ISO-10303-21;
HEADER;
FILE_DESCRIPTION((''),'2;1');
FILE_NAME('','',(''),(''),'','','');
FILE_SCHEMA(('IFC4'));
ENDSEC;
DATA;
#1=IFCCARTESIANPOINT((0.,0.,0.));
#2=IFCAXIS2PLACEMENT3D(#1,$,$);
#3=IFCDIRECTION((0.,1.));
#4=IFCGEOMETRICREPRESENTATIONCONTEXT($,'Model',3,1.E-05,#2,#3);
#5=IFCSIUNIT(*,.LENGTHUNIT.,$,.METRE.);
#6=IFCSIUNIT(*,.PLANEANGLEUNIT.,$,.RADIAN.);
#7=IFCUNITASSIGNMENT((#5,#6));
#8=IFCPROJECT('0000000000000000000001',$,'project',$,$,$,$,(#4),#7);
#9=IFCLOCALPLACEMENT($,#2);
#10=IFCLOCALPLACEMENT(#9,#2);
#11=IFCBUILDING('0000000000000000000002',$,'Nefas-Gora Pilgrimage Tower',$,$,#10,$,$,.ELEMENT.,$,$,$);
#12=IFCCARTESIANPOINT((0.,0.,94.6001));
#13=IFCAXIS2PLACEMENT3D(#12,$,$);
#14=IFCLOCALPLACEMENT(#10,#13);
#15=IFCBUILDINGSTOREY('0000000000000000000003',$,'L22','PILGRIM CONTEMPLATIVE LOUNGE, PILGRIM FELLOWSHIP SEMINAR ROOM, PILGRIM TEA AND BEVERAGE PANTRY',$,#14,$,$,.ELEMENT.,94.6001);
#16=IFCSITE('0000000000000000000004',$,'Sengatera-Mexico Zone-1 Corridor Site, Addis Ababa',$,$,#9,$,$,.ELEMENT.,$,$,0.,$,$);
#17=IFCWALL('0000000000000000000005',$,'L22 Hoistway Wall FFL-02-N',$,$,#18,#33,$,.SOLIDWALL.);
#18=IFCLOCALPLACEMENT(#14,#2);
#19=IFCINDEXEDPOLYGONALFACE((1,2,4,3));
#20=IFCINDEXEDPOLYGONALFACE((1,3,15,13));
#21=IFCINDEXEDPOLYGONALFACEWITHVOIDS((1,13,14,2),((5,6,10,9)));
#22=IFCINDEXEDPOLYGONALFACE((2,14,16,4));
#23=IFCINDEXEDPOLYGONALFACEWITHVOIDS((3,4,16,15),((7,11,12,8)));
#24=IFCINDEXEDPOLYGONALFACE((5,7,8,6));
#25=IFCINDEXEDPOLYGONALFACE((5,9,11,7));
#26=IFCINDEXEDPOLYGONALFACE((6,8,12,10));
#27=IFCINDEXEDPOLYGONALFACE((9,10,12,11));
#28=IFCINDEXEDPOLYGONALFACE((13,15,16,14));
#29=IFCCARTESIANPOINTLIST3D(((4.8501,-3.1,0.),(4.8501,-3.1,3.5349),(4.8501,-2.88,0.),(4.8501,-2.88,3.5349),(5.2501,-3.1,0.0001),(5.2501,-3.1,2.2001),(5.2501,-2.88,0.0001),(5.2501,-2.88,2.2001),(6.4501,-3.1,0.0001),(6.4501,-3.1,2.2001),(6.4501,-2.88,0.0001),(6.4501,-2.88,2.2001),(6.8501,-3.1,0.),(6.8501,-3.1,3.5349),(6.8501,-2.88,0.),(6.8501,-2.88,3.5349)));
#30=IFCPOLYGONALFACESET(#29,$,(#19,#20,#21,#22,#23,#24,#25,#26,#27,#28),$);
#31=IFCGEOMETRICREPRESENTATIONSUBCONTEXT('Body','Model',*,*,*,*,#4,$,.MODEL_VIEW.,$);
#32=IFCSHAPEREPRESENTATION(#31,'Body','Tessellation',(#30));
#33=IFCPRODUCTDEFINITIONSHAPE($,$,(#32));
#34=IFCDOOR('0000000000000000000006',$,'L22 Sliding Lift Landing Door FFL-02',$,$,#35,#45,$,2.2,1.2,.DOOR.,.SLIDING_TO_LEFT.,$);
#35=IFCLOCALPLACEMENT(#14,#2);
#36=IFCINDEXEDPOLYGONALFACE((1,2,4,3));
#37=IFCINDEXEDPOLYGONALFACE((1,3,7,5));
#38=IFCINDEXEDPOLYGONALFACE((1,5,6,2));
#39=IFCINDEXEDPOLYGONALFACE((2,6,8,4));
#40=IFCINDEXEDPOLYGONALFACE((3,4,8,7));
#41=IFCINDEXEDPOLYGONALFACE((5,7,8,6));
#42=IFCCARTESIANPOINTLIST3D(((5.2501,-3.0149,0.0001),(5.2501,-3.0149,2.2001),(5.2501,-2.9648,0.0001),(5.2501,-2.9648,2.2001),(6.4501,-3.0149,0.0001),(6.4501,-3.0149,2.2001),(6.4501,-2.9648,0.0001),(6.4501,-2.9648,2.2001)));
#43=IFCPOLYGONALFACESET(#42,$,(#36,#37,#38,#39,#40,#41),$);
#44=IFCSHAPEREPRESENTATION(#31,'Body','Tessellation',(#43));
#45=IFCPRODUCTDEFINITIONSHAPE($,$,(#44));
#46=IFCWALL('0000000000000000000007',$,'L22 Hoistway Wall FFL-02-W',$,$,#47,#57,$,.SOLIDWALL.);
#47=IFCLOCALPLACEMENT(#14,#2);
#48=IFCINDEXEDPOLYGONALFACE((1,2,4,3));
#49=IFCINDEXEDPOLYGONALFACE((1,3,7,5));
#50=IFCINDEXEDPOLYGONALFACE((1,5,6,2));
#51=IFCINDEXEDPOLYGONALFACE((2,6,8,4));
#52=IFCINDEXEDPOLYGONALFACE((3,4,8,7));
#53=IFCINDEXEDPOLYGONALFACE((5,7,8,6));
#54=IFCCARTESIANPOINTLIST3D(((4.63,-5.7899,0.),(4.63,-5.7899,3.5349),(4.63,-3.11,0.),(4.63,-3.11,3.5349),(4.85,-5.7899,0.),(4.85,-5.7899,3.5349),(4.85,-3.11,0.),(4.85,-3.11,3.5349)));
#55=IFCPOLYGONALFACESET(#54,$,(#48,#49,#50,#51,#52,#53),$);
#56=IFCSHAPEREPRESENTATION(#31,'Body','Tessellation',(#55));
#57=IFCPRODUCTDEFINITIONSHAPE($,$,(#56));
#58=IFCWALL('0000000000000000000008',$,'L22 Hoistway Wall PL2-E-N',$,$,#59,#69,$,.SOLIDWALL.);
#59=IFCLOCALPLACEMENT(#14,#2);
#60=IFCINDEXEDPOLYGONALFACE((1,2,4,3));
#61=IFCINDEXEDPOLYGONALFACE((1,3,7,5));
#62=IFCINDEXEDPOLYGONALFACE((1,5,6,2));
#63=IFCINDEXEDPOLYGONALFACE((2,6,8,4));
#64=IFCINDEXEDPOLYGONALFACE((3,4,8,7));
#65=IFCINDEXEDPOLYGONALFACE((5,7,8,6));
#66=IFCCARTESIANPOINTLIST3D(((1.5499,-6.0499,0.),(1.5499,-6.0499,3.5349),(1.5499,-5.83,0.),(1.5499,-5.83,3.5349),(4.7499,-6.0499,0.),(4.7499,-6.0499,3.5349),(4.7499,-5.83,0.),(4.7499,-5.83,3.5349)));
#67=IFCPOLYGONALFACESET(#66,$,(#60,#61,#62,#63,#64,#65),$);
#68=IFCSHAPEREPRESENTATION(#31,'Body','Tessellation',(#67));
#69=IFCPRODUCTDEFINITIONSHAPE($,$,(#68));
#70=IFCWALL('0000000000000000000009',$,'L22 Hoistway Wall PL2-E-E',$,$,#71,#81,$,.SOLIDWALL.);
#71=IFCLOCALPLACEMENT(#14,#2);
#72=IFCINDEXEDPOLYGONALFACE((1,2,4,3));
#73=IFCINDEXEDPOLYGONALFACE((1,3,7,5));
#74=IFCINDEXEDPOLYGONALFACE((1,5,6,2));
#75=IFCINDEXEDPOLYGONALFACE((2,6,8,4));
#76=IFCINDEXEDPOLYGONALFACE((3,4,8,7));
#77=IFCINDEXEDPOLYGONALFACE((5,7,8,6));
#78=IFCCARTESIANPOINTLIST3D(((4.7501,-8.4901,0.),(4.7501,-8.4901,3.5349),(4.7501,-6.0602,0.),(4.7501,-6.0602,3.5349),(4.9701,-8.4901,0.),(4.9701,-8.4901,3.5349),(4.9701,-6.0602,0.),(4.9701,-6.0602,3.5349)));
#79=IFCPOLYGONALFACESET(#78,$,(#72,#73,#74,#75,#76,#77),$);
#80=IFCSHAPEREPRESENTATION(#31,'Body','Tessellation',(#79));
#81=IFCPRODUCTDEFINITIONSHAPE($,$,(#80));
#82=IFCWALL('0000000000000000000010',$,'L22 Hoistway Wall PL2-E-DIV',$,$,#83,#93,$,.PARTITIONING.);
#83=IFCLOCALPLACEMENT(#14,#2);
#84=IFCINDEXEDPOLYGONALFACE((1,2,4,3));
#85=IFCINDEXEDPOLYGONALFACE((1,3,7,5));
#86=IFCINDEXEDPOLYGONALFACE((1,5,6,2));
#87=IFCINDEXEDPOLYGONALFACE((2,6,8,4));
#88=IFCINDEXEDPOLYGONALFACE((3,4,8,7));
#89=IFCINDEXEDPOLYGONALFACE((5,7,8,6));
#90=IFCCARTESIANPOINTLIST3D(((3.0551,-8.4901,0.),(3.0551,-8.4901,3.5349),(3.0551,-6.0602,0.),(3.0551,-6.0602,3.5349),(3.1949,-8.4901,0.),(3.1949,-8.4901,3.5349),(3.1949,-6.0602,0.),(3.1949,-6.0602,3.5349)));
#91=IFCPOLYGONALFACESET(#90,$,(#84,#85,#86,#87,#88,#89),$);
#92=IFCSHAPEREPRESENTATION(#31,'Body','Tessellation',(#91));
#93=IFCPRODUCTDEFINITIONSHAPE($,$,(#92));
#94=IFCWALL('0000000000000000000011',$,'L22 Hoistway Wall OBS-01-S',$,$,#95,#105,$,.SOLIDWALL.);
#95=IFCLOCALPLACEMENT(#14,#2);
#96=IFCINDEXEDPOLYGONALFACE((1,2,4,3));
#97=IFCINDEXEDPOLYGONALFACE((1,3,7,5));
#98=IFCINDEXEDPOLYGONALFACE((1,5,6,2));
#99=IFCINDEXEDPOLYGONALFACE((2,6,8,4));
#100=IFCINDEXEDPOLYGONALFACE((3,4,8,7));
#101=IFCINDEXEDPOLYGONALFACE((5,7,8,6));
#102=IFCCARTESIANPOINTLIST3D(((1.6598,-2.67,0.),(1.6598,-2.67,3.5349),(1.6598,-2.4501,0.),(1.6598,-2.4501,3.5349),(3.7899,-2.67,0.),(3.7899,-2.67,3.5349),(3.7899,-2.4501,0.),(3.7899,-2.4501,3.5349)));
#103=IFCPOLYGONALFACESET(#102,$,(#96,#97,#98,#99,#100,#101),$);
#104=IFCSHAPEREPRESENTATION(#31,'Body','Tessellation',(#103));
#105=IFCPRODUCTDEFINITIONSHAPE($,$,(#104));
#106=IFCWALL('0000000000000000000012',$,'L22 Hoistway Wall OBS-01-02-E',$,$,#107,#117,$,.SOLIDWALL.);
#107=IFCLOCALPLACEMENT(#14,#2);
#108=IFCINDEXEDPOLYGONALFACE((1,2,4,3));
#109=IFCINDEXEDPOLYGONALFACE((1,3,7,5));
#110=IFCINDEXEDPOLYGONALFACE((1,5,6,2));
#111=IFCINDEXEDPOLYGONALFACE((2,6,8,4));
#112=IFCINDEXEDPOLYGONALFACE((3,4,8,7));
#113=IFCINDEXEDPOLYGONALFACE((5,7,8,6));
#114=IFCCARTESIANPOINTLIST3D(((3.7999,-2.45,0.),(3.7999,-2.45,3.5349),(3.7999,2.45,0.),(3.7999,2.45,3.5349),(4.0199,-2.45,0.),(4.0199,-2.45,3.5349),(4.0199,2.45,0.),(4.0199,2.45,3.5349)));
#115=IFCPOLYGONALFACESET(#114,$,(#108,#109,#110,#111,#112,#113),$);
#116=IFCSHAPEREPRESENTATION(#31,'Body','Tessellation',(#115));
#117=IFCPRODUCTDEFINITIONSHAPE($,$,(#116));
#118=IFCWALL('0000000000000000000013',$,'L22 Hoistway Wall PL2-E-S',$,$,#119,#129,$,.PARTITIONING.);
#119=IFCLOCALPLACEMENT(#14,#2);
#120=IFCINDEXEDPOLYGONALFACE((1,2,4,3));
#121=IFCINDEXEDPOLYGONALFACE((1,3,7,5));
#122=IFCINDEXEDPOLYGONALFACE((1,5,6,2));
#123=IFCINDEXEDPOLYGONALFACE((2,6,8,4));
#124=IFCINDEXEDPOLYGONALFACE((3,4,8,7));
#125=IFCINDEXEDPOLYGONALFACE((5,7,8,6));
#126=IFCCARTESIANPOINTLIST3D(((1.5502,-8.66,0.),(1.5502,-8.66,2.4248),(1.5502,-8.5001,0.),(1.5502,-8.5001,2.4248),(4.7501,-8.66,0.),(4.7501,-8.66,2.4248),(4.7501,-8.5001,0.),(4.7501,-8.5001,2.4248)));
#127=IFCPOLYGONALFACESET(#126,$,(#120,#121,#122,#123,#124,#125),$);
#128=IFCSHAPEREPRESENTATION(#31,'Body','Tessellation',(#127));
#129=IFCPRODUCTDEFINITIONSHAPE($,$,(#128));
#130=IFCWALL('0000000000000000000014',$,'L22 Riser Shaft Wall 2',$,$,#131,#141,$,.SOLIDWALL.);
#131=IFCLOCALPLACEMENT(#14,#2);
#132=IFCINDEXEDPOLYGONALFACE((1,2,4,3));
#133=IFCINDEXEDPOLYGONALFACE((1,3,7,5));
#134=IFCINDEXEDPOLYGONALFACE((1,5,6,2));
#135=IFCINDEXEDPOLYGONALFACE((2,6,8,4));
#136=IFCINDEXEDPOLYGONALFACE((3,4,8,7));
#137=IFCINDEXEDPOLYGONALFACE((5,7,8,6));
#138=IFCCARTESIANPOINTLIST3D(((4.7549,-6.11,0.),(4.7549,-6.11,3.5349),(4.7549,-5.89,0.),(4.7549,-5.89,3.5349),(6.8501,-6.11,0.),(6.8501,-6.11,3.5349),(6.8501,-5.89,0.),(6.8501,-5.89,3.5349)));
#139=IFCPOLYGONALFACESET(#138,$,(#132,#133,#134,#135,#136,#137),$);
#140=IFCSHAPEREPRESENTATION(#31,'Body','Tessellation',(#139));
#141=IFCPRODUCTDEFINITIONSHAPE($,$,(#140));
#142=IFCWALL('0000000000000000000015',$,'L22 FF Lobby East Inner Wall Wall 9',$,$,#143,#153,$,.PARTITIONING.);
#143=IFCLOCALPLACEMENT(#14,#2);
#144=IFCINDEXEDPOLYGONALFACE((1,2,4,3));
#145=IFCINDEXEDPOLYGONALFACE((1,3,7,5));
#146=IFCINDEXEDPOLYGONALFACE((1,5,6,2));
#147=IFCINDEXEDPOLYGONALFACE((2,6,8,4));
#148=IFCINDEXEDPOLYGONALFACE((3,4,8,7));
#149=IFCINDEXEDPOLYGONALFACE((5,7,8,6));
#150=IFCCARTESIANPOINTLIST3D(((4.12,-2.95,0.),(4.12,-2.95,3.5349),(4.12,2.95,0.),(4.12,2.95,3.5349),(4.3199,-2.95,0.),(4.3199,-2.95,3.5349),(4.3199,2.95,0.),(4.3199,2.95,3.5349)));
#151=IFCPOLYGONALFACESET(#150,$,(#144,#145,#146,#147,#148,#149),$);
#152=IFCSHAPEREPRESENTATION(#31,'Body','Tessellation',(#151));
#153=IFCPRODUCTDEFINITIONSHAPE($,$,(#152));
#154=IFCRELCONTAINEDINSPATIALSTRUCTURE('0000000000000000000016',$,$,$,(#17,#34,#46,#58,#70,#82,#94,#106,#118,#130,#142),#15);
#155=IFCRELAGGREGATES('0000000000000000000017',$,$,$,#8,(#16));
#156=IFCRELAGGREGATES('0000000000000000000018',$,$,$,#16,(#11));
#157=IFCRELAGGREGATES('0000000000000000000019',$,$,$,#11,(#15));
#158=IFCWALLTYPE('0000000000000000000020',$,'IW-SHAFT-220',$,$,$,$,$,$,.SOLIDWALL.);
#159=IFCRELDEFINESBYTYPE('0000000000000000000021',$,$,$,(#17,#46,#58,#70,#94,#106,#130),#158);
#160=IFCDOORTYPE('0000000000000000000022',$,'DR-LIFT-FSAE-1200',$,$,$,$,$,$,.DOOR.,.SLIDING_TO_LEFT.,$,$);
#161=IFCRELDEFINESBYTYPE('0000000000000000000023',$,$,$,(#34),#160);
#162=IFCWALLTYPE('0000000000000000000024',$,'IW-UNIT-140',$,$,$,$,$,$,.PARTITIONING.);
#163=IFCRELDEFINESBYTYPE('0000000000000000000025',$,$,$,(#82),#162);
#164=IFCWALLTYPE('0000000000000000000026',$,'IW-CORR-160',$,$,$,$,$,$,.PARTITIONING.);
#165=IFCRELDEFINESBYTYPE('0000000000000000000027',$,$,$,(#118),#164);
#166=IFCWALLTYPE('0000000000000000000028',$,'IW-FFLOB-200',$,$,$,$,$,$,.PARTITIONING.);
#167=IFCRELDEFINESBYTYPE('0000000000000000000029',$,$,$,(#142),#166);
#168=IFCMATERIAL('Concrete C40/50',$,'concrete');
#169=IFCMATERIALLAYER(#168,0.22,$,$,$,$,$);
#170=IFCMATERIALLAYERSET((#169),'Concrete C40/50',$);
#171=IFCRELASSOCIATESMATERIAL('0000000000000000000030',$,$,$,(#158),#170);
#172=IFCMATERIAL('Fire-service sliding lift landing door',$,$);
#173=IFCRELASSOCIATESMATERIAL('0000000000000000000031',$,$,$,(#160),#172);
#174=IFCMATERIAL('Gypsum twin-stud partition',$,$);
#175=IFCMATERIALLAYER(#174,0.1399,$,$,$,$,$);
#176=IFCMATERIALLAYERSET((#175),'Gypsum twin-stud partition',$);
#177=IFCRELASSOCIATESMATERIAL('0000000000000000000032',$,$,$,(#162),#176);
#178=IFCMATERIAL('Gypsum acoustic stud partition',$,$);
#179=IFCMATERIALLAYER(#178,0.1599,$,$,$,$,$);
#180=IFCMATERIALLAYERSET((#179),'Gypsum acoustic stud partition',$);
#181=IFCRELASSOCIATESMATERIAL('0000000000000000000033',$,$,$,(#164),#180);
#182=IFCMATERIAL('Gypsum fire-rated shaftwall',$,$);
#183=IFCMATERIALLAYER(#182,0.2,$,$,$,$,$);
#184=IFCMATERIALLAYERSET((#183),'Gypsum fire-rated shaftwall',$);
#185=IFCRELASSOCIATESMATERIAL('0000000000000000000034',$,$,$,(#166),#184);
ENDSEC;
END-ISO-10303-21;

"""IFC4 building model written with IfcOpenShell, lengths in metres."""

from ifc_helpers import new_model, si_unit, direction, frame, frame_2d, origin, place, context, subcontext, project, spatial, rectangle, extrude, source, transform, mapped, material, layer, layer_set, type_object, element, fill, save


model = new_model("IFC4")

# Units and contexts
model_context = context("Model", 3, precision=1e-05, world=origin(), true_north=direction((0.0, 1.0)))
body_context = subcontext(model_context, "Body", "Model", "MODEL_VIEW")
ifc_project = project(units=[si_unit("LENGTHUNIT", "METRE"), si_unit("PLANEANGLEUNIT", "RADIAN")], contexts=[model_context])

# Site, building, storey
site_placement = place(None, origin())
site = spatial("IfcSite", under=ifc_project, at=site_placement, Name="Sengatera-Mexico Zone-1 Corridor Site, Addis Ababa", CompositionType="ELEMENT", RefElevation=0.0)
building_placement = place(site_placement, origin())
building = spatial("IfcBuilding", under=site, at=building_placement, Name="Nefas-Gora Pilgrimage Tower", CompositionType="ELEMENT")
storey_placement = place(building_placement, frame((0.0, 0.0, 94.6001)))
storey = spatial("IfcBuildingStorey", under=building, at=storey_placement, Name="L22", Description="PILGRIM CONTEMPLATIVE LOUNGE, PILGRIM FELLOWSHIP SEMINAR ROOM, PILGRIM TEA AND BEVERAGE PANTRY", CompositionType="ELEMENT", Elevation=94.6001)

# Wall, opening, door
ifc_material_1 = material(Name="Concrete C40/50", Category="concrete")
ifc_layer_1 = layer(ifc_material_1, 0.22)
ifc_layer_set_1 = layer_set([ifc_layer_1], Name="Concrete C40/50")
wall_type_1 = type_object("IfcWallType", Name="IW-SHAFT-220", PredefinedType="SOLIDWALL", material=ifc_layer_set_1)
shared_shape_1 = source(origin(), body_context, "Body", "SweptSolid", [
    extrude(rectangle(XDim=2.0, YDim=0.22, at=frame_2d((1.0, 0.0))), origin(), (0.0, 0.0, 1.0), 3.5349),
])
wall_1_placement = place(storey_placement, frame((6.8501, -2.99, 0.0), z_axis=(0.0, 0.0, 1.0), x_axis=(-1.0, 0.0, 0.0)))
wall_1 = element("IfcWall", 1, at=wall_1_placement, inside=storey, type_object=wall_type_1, Name="L22 Hoistway Wall FFL-02-N", PredefinedType="SOLIDWALL", context=body_context, shape_type="MappedRepresentation", body=[
    mapped(shared_shape_1, transform((0.0, 0.0, 0.0), x_axis=(1.0, 0.0, 0.0), y_axis=(0.0, 1.0, 0.0), z_axis=(0.0, 0.0, 1.0), scale=1.0)),
])
opening_1_placement = place(wall_1_placement, frame((0.3999, 0.0, 0.0)))
opening_1 = element("IfcOpeningElement", 2, at=opening_1_placement, cuts=wall_1, PredefinedType="OPENING", context=body_context, shape_type="SweptSolid", body=[
    extrude(rectangle(XDim=1.2, YDim=2.2, at=frame_2d((0.6001, 1.1001))), frame((0.0, 0.1199, 0.0), z_axis=(0.0, -1.0, 0.0), x_axis=(1.0, 0.0, 0.0)), (0.0, 0.0, 1.0), 0.24),
])
ifc_material_2 = material(Name="Fire-service sliding lift landing door")
door_type_1 = type_object("IfcDoorType", Name="DR-LIFT-FSAE-1200", OperationType="SLIDING_TO_LEFT", PredefinedType="DOOR", material=ifc_material_2)
shared_shape_2 = source(origin(), body_context, "Body", "SweptSolid", [
    extrude(rectangle(XDim=1.2, YDim=2.2, at=frame_2d((0.6001, 1.1001))), frame((0.0, 0.0249, 0.0), z_axis=(0.0, -1.0, 0.0), x_axis=(1.0, 0.0, 0.0)), (0.0, 0.0, 1.0), 0.05),
])
door_1_placement = place(opening_1_placement, origin())
door_1 = element("IfcDoor", 3, at=door_1_placement, inside=storey, type_object=door_type_1, Name="L22 Sliding Lift Landing Door FFL-02", OperationType="SLIDING_TO_LEFT", OverallHeight=2.2, OverallWidth=1.2, PredefinedType="DOOR", context=body_context, shape_type="MappedRepresentation", body=[
    mapped(shared_shape_2, transform((0.0, 0.0, 0.0), x_axis=(1.0, 0.0, 0.0), y_axis=(0.0, 1.0, 0.0), z_axis=(0.0, 0.0, 1.0), scale=1.0)),
])
fill(opening_1, door_1)

# Walls
shared_shape_3 = source(origin(), body_context, "Body", "SweptSolid", [
    extrude(rectangle(XDim=2.6799, YDim=0.22, at=frame_2d((1.3398, 0.0))), origin(), (0.0, 0.0, 1.0), 3.5349),
])
wall_2_placement = place(storey_placement, frame((4.74, -3.1101, 0.0), z_axis=(0.0, 0.0, 1.0), x_axis=(0.0, -1.0, 0.0)))
element("IfcWall", 4, at=wall_2_placement, inside=storey, type_object=wall_type_1, Name="L22 Hoistway Wall FFL-02-W", PredefinedType="SOLIDWALL", context=body_context, shape_type="MappedRepresentation", body=[
    mapped(shared_shape_3, transform((0.0, 0.0, 0.0), x_axis=(1.0, 0.0, 0.0), y_axis=(0.0, 1.0, 0.0), z_axis=(0.0, 0.0, 1.0), scale=1.0)),
])
shared_shape_4 = source(origin(), body_context, "Body", "SweptSolid", [
    extrude(rectangle(XDim=3.2, YDim=0.22, at=frame_2d((1.6001, 0.0))), origin(), (0.0, 0.0, 1.0), 3.5349),
])
wall_3_placement = place(storey_placement, frame((4.75, -5.9399, 0.0), z_axis=(0.0, 0.0, 1.0), x_axis=(-1.0, 0.0, 0.0)))
element("IfcWall", 5, at=wall_3_placement, inside=storey, type_object=wall_type_1, Name="L22 Hoistway Wall PL2-E-N", PredefinedType="SOLIDWALL", context=body_context, shape_type="MappedRepresentation", body=[
    mapped(shared_shape_4, transform((0.0, 0.0, 0.0), x_axis=(1.0, 0.0, 0.0), y_axis=(0.0, 1.0, 0.0), z_axis=(0.0, 0.0, 1.0), scale=1.0)),
])
shared_shape_5 = source(origin(), body_context, "Body", "SweptSolid", [
    extrude(rectangle(XDim=2.4299, YDim=0.22, at=frame_2d((1.2148, 0.0))), origin(), (0.0, 0.0, 1.0), 3.5349),
])
for number, where, z_axis, x_axis, name in (
    (6, (4.8601, -8.49, 0.0), (0.0, 0.0, 1.0), (0.0, 1.0, 0.0), "L22 Hoistway Wall PL2-E-E"),
):
    element("IfcWall", number, at=place(storey_placement, frame(where, z_axis=z_axis, x_axis=x_axis)), inside=storey, type_object=wall_type_1, Name=name, PredefinedType="SOLIDWALL", context=body_context, shape_type="MappedRepresentation", body=[
        mapped(shared_shape_5, transform((0.0, 0.0, 0.0), x_axis=(1.0, 0.0, 0.0), y_axis=(0.0, 1.0, 0.0), z_axis=(0.0, 0.0, 1.0), scale=1.0)),
    ])
ifc_material_3 = material(Name="Gypsum twin-stud partition")
ifc_layer_2 = layer(ifc_material_3, 0.1399)
ifc_layer_set_2 = layer_set([ifc_layer_2], Name="Gypsum twin-stud partition")
wall_type_2 = type_object("IfcWallType", Name="IW-UNIT-140", PredefinedType="PARTITIONING", material=ifc_layer_set_2)
shared_shape_6 = source(origin(), body_context, "Body", "SweptSolid", [
    extrude(rectangle(XDim=2.4299, YDim=0.1399, at=frame_2d((1.2148, 0.0))), origin(), (0.0, 0.0, 1.0), 3.5349),
])
wall_4_placement = place(storey_placement, frame((3.125, -8.49, 0.0), z_axis=(0.0, 0.0, 1.0), x_axis=(0.0, 1.0, 0.0)))
element("IfcWall", 7, at=wall_4_placement, inside=storey, type_object=wall_type_2, Name="L22 Hoistway Wall PL2-E-DIV", PredefinedType="PARTITIONING", context=body_context, shape_type="MappedRepresentation", body=[
    mapped(shared_shape_6, transform((0.0, 0.0, 0.0), x_axis=(1.0, 0.0, 0.0), y_axis=(0.0, 1.0, 0.0), z_axis=(0.0, 0.0, 1.0), scale=1.0)),
])
shared_shape_7 = source(origin(), body_context, "Body", "SweptSolid", [
    extrude(rectangle(XDim=2.1301, YDim=0.22, at=frame_2d((1.0649, 0.0))), origin(), (0.0, 0.0, 1.0), 3.5349),
])
wall_5_placement = place(storey_placement, frame((1.6599, -2.5601, 0.0), z_axis=(0.0, 0.0, 1.0), x_axis=(1.0, 0.0, 0.0)))
element("IfcWall", 8, at=wall_5_placement, inside=storey, type_object=wall_type_1, Name="L22 Hoistway Wall OBS-01-S", PredefinedType="SOLIDWALL", context=body_context, shape_type="MappedRepresentation", body=[
    mapped(shared_shape_7, transform((0.0, 0.0, 0.0), x_axis=(1.0, 0.0, 0.0), y_axis=(0.0, 1.0, 0.0), z_axis=(0.0, 0.0, 1.0), scale=1.0)),
])
shared_shape_8 = source(origin(), body_context, "Body", "SweptSolid", [
    extrude(rectangle(XDim=4.8999, YDim=0.22, at=frame_2d((2.45, 0.0))), origin(), (0.0, 0.0, 1.0), 3.5349),
])
wall_6_placement = place(storey_placement, frame((3.9099, -2.45, 0.0), z_axis=(0.0, 0.0, 1.0), x_axis=(0.0, 1.0, 0.0)))
element("IfcWall", 9, at=wall_6_placement, inside=storey, type_object=wall_type_1, Name="L22 Hoistway Wall OBS-01-02-E", PredefinedType="SOLIDWALL", context=body_context, shape_type="MappedRepresentation", body=[
    mapped(shared_shape_8, transform((0.0, 0.0, 0.0), x_axis=(1.0, 0.0, 0.0), y_axis=(0.0, 1.0, 0.0), z_axis=(0.0, 0.0, 1.0), scale=1.0)),
])
ifc_material_4 = material(Name="Gypsum acoustic stud partition")
ifc_layer_3 = layer(ifc_material_4, 0.1599)
ifc_layer_set_3 = layer_set([ifc_layer_3], Name="Gypsum acoustic stud partition")
wall_type_3 = type_object("IfcWallType", Name="IW-CORR-160", PredefinedType="PARTITIONING", material=ifc_layer_set_3)
shared_shape_9 = source(origin(), body_context, "Body", "SweptSolid", [
    extrude(rectangle(XDim=3.2, YDim=0.1599, at=frame_2d((1.6001, 0.0))), origin(), (0.0, 0.0, 1.0), 2.4248),
])
wall_7_placement = place(storey_placement, frame((1.55, -8.5801, 0.0), z_axis=(0.0, 0.0, 1.0), x_axis=(1.0, 0.0, 0.0)))
element("IfcWall", 10, at=wall_7_placement, inside=storey, type_object=wall_type_3, Name="L22 Hoistway Wall PL2-E-S", PredefinedType="PARTITIONING", context=body_context, shape_type="MappedRepresentation", body=[
    mapped(shared_shape_9, transform((0.0, 0.0, 0.0), x_axis=(1.0, 0.0, 0.0), y_axis=(0.0, 1.0, 0.0), z_axis=(0.0, 0.0, 1.0), scale=1.0)),
])
shared_shape_10 = source(origin(), body_context, "Body", "SweptSolid", [
    extrude(rectangle(XDim=2.0952, YDim=0.22, at=frame_2d((1.0476, 0.0))), origin(), (0.0, 0.0, 1.0), 3.5349),
])
wall_8_placement = place(storey_placement, frame((4.7549, -6.0, 0.0), z_axis=(0.0, 0.0, 1.0), x_axis=(1.0, 0.0, 0.0)))
element("IfcWall", 11, at=wall_8_placement, inside=storey, type_object=wall_type_1, Name="L22 Riser Shaft Wall 2", PredefinedType="SOLIDWALL", context=body_context, shape_type="MappedRepresentation", body=[
    mapped(shared_shape_10, transform((0.0, 0.0, 0.0), x_axis=(1.0, 0.0, 0.0), y_axis=(0.0, 1.0, 0.0), z_axis=(0.0, 0.0, 1.0), scale=1.0)),
])
ifc_material_5 = material(Name="Gypsum fire-rated shaftwall")
ifc_layer_4 = layer(ifc_material_5, 0.2)
ifc_layer_set_4 = layer_set([ifc_layer_4], Name="Gypsum fire-rated shaftwall")
wall_type_4 = type_object("IfcWallType", Name="IW-FFLOB-200", PredefinedType="PARTITIONING", material=ifc_layer_set_4)
shared_shape_11 = source(origin(), body_context, "Body", "SweptSolid", [
    extrude(rectangle(XDim=5.8999, YDim=0.2, at=frame_2d((2.95, 0.0))), origin(), (0.0, 0.0, 1.0), 3.5349),
])
wall_9_placement = place(storey_placement, frame((4.22, -2.95, 0.0), z_axis=(0.0, 0.0, 1.0), x_axis=(0.0, 1.0, 0.0)))
element("IfcWall", 12, at=wall_9_placement, inside=storey, type_object=wall_type_4, Name="L22 FF Lobby East Inner Wall Wall 9", PredefinedType="PARTITIONING", context=body_context, shape_type="MappedRepresentation", body=[
    mapped(shared_shape_11, transform((0.0, 0.0, 0.0), x_axis=(1.0, 0.0, 0.0), y_axis=(0.0, 1.0, 0.0), z_axis=(0.0, 0.0, 1.0), scale=1.0)),
])

save(model, "model.ifc")
